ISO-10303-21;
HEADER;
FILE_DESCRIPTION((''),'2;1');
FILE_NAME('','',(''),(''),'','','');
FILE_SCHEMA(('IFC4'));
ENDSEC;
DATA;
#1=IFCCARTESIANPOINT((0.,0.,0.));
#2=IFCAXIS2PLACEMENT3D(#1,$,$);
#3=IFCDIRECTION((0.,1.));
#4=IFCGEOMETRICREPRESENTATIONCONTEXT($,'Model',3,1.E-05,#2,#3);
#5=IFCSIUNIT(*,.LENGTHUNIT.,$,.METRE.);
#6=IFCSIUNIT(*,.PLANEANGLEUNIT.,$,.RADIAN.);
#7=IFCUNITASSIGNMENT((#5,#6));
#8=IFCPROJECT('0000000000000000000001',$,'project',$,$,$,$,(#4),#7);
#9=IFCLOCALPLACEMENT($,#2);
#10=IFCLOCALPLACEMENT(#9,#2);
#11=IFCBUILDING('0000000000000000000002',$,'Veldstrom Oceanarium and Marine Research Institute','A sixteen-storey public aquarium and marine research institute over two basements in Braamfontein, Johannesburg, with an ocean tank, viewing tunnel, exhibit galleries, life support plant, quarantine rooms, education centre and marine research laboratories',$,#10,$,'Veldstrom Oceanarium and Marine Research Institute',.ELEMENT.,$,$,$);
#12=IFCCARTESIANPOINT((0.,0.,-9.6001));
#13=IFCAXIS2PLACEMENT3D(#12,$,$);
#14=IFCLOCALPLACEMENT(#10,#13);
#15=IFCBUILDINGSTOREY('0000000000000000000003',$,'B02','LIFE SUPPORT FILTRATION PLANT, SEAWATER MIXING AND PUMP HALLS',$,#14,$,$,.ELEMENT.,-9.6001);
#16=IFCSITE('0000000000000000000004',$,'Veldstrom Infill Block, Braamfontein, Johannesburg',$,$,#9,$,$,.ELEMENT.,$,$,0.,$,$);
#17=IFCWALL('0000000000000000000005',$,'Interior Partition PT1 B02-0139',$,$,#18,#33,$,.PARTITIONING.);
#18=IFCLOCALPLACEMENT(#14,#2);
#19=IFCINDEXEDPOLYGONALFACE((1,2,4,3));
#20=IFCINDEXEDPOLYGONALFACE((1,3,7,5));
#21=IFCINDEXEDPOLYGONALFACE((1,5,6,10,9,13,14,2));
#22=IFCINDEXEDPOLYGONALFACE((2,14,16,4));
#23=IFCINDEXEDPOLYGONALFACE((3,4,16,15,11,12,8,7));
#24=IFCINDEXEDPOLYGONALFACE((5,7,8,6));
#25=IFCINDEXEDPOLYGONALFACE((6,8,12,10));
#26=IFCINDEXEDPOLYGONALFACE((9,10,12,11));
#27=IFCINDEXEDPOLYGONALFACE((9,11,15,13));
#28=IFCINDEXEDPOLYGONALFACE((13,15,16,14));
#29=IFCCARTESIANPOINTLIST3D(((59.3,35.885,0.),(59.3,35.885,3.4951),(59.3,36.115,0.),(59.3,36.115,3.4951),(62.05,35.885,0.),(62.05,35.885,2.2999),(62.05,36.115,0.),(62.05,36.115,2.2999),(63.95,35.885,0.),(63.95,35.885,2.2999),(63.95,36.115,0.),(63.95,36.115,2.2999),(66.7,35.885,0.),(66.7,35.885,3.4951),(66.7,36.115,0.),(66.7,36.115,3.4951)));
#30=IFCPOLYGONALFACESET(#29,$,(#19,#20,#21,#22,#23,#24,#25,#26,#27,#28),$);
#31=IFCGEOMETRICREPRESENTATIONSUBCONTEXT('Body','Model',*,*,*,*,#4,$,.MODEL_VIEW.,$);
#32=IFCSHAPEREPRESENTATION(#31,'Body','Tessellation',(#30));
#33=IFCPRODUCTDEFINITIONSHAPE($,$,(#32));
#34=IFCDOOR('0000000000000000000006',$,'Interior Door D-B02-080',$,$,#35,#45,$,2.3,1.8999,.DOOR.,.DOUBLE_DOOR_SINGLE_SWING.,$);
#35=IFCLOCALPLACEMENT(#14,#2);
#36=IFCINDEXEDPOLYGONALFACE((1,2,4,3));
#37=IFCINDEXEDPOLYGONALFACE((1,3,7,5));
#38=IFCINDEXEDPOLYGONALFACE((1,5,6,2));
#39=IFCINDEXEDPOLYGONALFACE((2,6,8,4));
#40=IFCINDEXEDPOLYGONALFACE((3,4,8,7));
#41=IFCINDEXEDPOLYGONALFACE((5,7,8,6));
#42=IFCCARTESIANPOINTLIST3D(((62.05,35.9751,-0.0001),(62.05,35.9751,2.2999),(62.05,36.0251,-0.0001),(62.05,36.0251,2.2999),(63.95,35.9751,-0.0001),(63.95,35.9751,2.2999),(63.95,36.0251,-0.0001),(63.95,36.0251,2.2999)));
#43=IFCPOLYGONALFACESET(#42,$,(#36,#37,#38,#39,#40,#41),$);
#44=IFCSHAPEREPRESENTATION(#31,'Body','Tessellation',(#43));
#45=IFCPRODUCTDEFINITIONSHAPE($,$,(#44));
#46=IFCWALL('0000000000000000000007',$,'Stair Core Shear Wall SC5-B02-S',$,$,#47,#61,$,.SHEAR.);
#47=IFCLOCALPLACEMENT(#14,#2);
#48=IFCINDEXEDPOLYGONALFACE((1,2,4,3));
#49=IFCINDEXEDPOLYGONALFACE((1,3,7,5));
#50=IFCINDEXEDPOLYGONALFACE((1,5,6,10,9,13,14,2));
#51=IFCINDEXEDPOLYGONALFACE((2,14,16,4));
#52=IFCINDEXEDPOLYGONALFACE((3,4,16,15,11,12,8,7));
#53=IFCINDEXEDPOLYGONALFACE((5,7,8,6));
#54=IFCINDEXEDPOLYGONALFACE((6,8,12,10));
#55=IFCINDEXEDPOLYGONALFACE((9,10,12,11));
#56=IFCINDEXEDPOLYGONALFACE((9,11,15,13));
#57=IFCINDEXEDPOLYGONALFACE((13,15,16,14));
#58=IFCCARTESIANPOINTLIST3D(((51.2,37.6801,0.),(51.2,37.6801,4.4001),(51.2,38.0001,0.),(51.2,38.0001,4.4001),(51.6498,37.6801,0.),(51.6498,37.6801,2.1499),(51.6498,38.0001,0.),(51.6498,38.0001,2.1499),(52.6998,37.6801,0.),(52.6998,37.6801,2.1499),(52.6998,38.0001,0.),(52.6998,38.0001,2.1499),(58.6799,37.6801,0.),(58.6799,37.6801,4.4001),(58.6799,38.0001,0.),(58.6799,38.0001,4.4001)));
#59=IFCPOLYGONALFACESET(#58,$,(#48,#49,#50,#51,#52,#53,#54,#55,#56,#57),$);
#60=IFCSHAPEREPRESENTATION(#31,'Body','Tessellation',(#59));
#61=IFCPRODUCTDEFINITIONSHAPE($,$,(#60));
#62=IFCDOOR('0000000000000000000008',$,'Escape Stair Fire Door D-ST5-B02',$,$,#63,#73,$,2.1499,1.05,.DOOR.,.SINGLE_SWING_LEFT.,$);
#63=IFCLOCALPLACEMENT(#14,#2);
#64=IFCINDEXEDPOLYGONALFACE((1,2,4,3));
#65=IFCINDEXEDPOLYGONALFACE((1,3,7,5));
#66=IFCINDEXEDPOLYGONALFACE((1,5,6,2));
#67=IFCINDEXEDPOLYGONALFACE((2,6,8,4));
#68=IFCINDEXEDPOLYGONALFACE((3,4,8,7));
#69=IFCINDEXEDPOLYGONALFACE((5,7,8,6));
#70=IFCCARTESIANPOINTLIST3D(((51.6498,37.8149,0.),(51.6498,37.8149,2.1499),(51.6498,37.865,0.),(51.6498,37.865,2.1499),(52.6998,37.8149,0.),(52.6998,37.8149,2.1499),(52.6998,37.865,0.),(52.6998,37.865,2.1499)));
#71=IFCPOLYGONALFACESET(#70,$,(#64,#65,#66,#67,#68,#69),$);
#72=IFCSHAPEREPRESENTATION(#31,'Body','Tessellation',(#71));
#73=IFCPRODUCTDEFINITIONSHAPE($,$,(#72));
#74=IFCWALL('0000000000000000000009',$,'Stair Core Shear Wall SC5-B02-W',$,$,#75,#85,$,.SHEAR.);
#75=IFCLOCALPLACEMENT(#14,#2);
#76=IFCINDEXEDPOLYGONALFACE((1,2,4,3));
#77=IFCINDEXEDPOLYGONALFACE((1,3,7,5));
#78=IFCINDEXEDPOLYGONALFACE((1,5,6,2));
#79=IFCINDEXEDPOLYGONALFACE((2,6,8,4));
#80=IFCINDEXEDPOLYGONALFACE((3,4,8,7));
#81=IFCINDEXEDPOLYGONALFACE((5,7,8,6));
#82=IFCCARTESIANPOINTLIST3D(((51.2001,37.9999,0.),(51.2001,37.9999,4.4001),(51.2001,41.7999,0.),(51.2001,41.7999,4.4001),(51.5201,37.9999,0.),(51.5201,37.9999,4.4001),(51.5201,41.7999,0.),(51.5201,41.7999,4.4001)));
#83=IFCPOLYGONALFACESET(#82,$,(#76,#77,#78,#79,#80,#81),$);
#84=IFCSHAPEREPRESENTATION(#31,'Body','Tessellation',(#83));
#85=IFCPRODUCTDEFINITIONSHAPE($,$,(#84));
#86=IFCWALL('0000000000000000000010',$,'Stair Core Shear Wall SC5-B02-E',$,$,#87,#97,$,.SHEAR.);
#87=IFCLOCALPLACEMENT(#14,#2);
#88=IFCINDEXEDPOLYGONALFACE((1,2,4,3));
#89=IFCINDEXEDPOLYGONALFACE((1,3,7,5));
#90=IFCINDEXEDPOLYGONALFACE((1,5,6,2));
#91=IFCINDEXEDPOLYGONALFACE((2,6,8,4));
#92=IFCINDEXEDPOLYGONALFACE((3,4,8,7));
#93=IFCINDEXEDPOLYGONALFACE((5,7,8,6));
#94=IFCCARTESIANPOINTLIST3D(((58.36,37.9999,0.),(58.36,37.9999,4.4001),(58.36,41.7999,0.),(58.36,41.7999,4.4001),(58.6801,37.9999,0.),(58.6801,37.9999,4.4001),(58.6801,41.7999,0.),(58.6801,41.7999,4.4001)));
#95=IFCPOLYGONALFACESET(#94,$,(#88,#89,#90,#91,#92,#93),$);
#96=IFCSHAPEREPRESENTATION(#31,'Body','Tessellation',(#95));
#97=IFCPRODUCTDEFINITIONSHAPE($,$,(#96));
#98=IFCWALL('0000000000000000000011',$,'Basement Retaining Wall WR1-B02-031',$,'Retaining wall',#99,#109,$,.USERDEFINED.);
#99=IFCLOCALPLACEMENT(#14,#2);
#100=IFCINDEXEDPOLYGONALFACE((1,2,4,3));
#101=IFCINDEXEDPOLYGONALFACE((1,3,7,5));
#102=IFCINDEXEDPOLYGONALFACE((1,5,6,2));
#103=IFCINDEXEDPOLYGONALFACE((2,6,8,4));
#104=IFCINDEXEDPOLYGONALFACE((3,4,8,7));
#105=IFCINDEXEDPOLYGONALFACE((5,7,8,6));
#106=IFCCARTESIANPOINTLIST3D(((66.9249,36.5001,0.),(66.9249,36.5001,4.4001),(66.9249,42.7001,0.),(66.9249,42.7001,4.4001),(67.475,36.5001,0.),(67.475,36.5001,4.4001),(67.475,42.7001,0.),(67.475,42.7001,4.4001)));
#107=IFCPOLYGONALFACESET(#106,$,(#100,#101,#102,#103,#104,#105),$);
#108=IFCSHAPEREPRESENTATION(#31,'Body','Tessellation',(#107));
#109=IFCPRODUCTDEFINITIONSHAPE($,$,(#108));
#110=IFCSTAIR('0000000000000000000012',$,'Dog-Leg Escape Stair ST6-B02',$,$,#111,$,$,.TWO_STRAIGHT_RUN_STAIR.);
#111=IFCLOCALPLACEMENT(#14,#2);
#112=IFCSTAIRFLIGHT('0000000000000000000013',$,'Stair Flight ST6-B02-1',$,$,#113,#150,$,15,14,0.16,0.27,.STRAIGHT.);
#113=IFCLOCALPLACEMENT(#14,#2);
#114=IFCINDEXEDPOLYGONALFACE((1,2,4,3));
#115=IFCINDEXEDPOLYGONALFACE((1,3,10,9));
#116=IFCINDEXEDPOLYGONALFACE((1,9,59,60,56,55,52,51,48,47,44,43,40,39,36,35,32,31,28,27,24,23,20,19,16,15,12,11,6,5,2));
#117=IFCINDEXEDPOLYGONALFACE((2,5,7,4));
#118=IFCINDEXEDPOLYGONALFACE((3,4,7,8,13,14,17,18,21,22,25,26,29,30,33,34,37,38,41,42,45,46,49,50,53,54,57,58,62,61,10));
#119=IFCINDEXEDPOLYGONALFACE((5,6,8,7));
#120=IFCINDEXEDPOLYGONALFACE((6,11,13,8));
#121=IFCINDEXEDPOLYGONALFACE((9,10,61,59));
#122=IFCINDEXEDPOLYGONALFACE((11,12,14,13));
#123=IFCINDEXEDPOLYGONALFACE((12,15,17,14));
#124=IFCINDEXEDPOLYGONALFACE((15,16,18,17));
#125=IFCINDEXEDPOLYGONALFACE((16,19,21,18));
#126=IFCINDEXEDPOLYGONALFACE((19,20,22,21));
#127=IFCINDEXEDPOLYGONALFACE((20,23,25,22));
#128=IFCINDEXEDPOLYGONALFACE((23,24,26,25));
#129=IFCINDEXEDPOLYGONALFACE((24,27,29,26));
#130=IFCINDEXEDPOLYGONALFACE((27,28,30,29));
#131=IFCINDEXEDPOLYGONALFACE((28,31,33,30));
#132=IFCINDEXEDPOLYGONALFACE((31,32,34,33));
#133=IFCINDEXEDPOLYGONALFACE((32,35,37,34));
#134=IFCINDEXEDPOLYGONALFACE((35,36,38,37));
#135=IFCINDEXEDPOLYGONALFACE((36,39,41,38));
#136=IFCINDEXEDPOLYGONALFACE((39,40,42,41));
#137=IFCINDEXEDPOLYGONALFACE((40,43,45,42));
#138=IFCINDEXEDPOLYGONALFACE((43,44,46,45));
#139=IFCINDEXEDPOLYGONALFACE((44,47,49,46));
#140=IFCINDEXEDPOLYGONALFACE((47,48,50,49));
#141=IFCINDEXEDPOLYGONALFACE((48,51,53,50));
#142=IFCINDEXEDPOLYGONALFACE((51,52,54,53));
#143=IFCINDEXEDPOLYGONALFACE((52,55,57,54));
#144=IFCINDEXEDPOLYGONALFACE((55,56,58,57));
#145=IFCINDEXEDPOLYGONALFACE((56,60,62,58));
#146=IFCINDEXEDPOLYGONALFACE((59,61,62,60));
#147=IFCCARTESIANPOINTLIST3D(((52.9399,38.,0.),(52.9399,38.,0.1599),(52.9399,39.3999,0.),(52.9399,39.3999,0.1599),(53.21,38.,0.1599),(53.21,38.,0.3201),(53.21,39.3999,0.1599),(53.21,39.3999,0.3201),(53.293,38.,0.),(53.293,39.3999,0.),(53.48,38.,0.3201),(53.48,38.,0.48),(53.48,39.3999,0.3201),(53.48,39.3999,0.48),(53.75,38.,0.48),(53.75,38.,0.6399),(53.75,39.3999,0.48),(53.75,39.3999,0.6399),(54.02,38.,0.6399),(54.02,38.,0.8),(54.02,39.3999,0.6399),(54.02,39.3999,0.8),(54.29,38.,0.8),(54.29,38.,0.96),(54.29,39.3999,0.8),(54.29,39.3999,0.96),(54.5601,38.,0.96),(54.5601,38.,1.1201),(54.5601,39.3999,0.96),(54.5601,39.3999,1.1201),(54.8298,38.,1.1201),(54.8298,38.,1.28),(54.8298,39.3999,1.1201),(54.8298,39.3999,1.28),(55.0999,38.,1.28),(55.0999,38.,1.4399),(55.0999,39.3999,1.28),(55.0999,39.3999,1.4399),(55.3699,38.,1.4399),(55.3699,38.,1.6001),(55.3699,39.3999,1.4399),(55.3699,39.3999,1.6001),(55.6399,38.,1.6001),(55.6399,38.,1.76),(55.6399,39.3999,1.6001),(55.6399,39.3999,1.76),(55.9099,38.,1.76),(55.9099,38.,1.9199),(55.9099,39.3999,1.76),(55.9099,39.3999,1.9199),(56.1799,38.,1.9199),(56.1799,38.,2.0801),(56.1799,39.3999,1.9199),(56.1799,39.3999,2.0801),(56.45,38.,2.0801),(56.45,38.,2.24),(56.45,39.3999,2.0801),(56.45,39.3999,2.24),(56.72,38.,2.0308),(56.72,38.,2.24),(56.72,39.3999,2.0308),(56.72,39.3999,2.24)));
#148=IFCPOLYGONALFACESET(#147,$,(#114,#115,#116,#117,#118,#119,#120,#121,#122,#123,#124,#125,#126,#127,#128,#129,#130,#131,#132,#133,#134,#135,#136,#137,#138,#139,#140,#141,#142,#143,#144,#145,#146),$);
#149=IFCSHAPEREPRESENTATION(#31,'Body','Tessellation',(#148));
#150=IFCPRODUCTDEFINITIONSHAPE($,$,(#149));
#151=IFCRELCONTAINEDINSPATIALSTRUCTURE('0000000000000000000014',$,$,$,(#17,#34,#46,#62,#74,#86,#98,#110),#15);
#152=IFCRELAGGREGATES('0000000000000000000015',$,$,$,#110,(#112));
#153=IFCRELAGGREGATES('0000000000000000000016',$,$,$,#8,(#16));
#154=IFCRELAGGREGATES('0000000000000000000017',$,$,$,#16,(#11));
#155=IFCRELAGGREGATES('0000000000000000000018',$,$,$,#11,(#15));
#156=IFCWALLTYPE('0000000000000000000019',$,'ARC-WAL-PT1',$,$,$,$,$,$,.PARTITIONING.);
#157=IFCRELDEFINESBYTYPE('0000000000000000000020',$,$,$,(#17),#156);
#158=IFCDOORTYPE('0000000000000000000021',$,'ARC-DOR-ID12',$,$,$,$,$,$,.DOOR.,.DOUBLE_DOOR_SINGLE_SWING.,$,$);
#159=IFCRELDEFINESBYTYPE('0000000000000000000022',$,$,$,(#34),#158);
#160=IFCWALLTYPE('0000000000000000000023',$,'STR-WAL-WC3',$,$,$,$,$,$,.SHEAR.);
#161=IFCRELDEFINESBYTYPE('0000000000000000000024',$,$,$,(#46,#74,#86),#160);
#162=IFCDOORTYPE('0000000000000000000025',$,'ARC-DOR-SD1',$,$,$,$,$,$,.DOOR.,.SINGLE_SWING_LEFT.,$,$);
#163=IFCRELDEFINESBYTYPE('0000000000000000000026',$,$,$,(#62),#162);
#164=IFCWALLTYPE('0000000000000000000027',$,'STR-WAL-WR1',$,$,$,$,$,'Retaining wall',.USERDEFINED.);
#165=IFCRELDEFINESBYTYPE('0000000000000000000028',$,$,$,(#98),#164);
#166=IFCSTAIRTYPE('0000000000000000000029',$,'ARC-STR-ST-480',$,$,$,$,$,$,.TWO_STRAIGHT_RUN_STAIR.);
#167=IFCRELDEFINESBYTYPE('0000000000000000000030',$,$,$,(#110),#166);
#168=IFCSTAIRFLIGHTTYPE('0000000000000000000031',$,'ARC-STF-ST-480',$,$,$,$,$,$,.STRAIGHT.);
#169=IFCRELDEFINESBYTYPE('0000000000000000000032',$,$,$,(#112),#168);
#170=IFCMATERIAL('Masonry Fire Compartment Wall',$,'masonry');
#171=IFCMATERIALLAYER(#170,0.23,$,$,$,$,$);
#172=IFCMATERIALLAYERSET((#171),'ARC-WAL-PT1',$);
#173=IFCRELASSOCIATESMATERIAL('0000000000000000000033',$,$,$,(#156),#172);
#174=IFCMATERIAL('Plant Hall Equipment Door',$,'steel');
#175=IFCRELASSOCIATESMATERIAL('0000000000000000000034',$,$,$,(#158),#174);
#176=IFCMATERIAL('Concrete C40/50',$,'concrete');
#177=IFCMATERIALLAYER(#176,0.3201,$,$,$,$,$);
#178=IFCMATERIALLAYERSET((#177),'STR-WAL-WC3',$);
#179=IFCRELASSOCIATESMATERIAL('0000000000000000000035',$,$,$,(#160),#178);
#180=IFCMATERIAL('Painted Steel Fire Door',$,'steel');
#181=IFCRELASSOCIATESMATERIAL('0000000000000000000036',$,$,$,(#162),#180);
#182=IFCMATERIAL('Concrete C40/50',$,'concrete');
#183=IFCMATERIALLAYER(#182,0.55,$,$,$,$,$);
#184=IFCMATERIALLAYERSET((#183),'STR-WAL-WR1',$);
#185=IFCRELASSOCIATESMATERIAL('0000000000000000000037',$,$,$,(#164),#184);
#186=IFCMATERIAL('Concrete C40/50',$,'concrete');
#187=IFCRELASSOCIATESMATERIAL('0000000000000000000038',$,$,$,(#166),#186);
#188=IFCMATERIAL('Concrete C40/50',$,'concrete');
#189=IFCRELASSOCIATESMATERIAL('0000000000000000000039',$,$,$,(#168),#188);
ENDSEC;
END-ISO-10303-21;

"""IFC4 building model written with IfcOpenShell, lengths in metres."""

from ifc_helpers import new_model, si_unit, direction, frame, frame_2d, origin, place, context, subcontext, project, spatial, polyline, rectangle, outline, extrude, material, layer, layer_set, type_object, element, fill, aggregate, save


model = new_model("IFC4")

# Units and contexts
model_context = context("Model", 3, precision=1e-05, world=origin(), true_north=direction((0.0, 1.0)))
body_context = subcontext(model_context, "Body", "Model", "MODEL_VIEW")
ifc_project = project(units=[si_unit("LENGTHUNIT", "METRE"), si_unit("PLANEANGLEUNIT", "RADIAN")], contexts=[model_context])

# Site, building, storey
site_placement = place(None, origin())
site = spatial("IfcSite", under=ifc_project, at=site_placement, Name="Veldstrom Infill Block, Braamfontein, Johannesburg", CompositionType="ELEMENT", RefElevation=0.0)
building_placement = place(site_placement, origin())
building = spatial("IfcBuilding", under=site, at=building_placement, Name="Veldstrom Oceanarium and Marine Research Institute", Description="A sixteen-storey public aquarium and marine research institute over two basements in Braamfontein, Johannesburg, with an ocean tank, viewing tunnel, exhibit galleries, life support plant, quarantine rooms, education centre and marine research laboratories", LongName="Veldstrom Oceanarium and Marine Research Institute", CompositionType="ELEMENT")
storey_placement = place(building_placement, frame((0.0, 0.0, -9.6001)))
storey = spatial("IfcBuildingStorey", under=building, at=storey_placement, Name="B02", Description="LIFE SUPPORT FILTRATION PLANT, SEAWATER MIXING AND PUMP HALLS", CompositionType="ELEMENT", Elevation=-9.6001)

# Shared definitions
ifc_material_1 = material(Name="Masonry Fire Compartment Wall", Category="masonry")
ifc_layer_1 = layer(ifc_material_1, 0.23)
ifc_layer_set_1 = layer_set([ifc_layer_1], Name="ARC-WAL-PT1")
wall_type_1 = type_object("IfcWallType", Name="ARC-WAL-PT1", PredefinedType="PARTITIONING", material=ifc_layer_set_1)

# Walls, openings, doors
wall_1_placement = place(storey_placement, frame((59.3, 36.0, 0.0), z_axis=(0.0, 0.0, 1.0), x_axis=(1.0, 0.0, 0.0)))
wall_1 = element("IfcWall", 1, at=wall_1_placement, inside=storey, type_object=wall_type_1, Name="Interior Partition PT1 B02-0139", PredefinedType="PARTITIONING", context=body_context, shape_type="SweptSolid", body=[
    extrude(rectangle(XDim=7.3999, YDim=0.23, at=frame_2d((3.7, 0.0))), origin(), (0.0, 0.0, 1.0), 3.4951),
])
opening_1_placement = place(wall_1_placement, frame((2.75, 0.0, 0.0)))
opening_1 = element("IfcOpeningElement", 2, at=opening_1_placement, cuts=wall_1, PredefinedType="OPENING", context=body_context, shape_type="SweptSolid", body=[
    extrude(rectangle(XDim=1.8999, YDim=2.3, at=frame_2d((0.95, 1.1499))), frame((0.0, 0.125, 0.0), z_axis=(0.0, -1.0, 0.0), x_axis=(1.0, 0.0, 0.0)), (0.0, 0.0, 1.0), 0.25),
])
ifc_material_2 = material(Name="Plant Hall Equipment Door", Category="steel")
door_type_1 = type_object("IfcDoorType", Name="ARC-DOR-ID12", OperationType="DOUBLE_DOOR_SINGLE_SWING", PredefinedType="DOOR", material=ifc_material_2)
door_1_placement = place(opening_1_placement, frame((1.8999, 0.0, 0.0), z_axis=(0.0, 0.0, 1.0), x_axis=(-1.0, 0.0, 0.0)))
door_1 = element("IfcDoor", 3, at=door_1_placement, inside=storey, type_object=door_type_1, Name="Interior Door D-B02-080", OperationType="DOUBLE_DOOR_SINGLE_SWING", OverallHeight=2.3, OverallWidth=1.8999, PredefinedType="DOOR", context=body_context, shape_type="SweptSolid", body=[
    extrude(rectangle(XDim=1.8999, YDim=2.3, at=frame_2d((0.95, 1.1499))), frame((0.0, 0.0249, 0.0), z_axis=(0.0, -1.0, 0.0), x_axis=(1.0, 0.0, 0.0)), (0.0, 0.0, 1.0), 0.05),
])
fill(opening_1, door_1)
ifc_material_3 = material(Name="Concrete C40/50", Category="concrete")
ifc_layer_2 = layer(ifc_material_3, 0.3201)
ifc_layer_set_2 = layer_set([ifc_layer_2], Name="STR-WAL-WC3")
wall_type_2 = type_object("IfcWallType", Name="STR-WAL-WC3", PredefinedType="SHEAR", material=ifc_layer_set_2)
wall_2_placement = place(storey_placement, frame((51.2, 37.8401, 0.0), z_axis=(0.0, 0.0, 1.0), x_axis=(1.0, 0.0, 0.0)))
wall_2 = element("IfcWall", 4, at=wall_2_placement, inside=storey, type_object=wall_type_2, Name="Stair Core Shear Wall SC5-B02-S", PredefinedType="SHEAR", context=body_context, shape_type="SweptSolid", body=[
    extrude(rectangle(XDim=7.48, YDim=0.3201, at=frame_2d((3.74, 0.0))), origin(), (0.0, 0.0, 1.0), 4.4001),
])
opening_2_placement = place(wall_2_placement, frame((0.45, 0.0, 0.0)))
opening_2 = element("IfcOpeningElement", 5, at=opening_2_placement, cuts=wall_2, PredefinedType="OPENING", context=body_context, shape_type="SweptSolid", body=[
    extrude(rectangle(XDim=1.05, YDim=2.1499, at=frame_2d((0.5249, 1.075))), frame((0.0, 0.1699, 0.0), z_axis=(0.0, -1.0, 0.0), x_axis=(1.0, 0.0, 0.0)), (0.0, 0.0, 1.0), 0.3401),
])
ifc_material_4 = material(Name="Painted Steel Fire Door", Category="steel")
door_type_2 = type_object("IfcDoorType", Name="ARC-DOR-SD1", OperationType="SINGLE_SWING_LEFT", PredefinedType="DOOR", material=ifc_material_4)
door_2_placement = place(opening_2_placement, origin())
door_2 = element("IfcDoor", 6, at=door_2_placement, inside=storey, type_object=door_type_2, Name="Escape Stair Fire Door D-ST5-B02", OperationType="SINGLE_SWING_LEFT", OverallHeight=2.1499, OverallWidth=1.05, PredefinedType="DOOR", context=body_context, shape_type="SweptSolid", body=[
    extrude(rectangle(XDim=1.05, YDim=2.1499, at=frame_2d((0.5249, 1.075))), frame((0.0, 0.0249, 0.0), z_axis=(0.0, -1.0, 0.0), x_axis=(1.0, 0.0, 0.0)), (0.0, 0.0, 1.0), 0.05),
])
fill(opening_2, door_2)

# Walls
for number, where, z_axis, x_axis, name in (
    (7, (51.3601, 38.0, 0.0), (0.0, 0.0, 1.0), (0.0, 1.0, 0.0), "Stair Core Shear Wall SC5-B02-W"),
    (8, (58.52, 38.0, 0.0), (0.0, 0.0, 1.0), (0.0, 1.0, 0.0), "Stair Core Shear Wall SC5-B02-E"),
):
    element("IfcWall", number, at=place(storey_placement, frame(where, z_axis=z_axis, x_axis=x_axis)), inside=storey, type_object=wall_type_2, Name=name, PredefinedType="SHEAR", context=body_context, shape_type="SweptSolid", body=[
        extrude(rectangle(XDim=3.8, YDim=0.3201, at=frame_2d((1.8999, 0.0))), origin(), (0.0, 0.0, 1.0), 4.4001),
    ])
ifc_material_5 = material(Name="Concrete C40/50", Category="concrete")
ifc_layer_3 = layer(ifc_material_5, 0.55)
ifc_layer_set_3 = layer_set([ifc_layer_3], Name="STR-WAL-WR1")
wall_type_3 = type_object("IfcWallType", Name="STR-WAL-WR1", ElementType="Retaining wall", PredefinedType="USERDEFINED", material=ifc_layer_set_3)
wall_3_placement = place(storey_placement, frame((67.2, 36.5, 0.0), z_axis=(0.0, 0.0, 1.0), x_axis=(0.0, 1.0, 0.0)))
element("IfcWall", 9, at=wall_3_placement, inside=storey, type_object=wall_type_3, Name="Basement Retaining Wall WR1-B02-031", ObjectType="Retaining wall", PredefinedType="USERDEFINED", context=body_context, shape_type="SweptSolid", body=[
    extrude(rectangle(XDim=6.2, YDim=0.55, at=frame_2d((3.1001, 0.0))), origin(), (0.0, 0.0, 1.0), 4.4001),
])

# Stair, stair flight
ifc_material_6 = material(Name="Concrete C40/50", Category="concrete")
stair_type = type_object("IfcStairType", Name="ARC-STR-ST-480", PredefinedType="TWO_STRAIGHT_RUN_STAIR", material=ifc_material_6)
stair_placement = place(storey_placement, origin())
stair = element("IfcStair", 10, at=stair_placement, inside=storey, type_object=stair_type, Name="Dog-Leg Escape Stair ST6-B02", PredefinedType="TWO_STRAIGHT_RUN_STAIR")
ifc_material_7 = material(Name="Concrete C40/50", Category="concrete")
stair_flight_type = type_object("IfcStairFlightType", Name="ARC-STF-ST-480", PredefinedType="STRAIGHT", material=ifc_material_7)
stair_flight_placement = place(storey_placement, frame((52.9399, 38.7, 0.0), z_axis=(0.0, 0.0, 1.0), x_axis=(1.0, 0.0, 0.0)))
stair_flight = element("IfcStairFlight", 11, at=stair_flight_placement, type_object=stair_flight_type, Name="Stair Flight ST6-B02-1", NumberOfRisers=15, NumberOfTreads=14, PredefinedType="STRAIGHT", RiserHeight=0.16, TreadLength=0.27, context=body_context, shape_type="SweptSolid", body=[
    extrude(outline(polyline([(0.0, 0.0), (0.0, 0.1599), (0.27, 0.1599), (0.27, 0.3201), (0.54, 0.3201), (0.54, 0.48), (0.8101, 0.48), (0.8101, 0.6399), (1.0801, 0.6399), (1.0801, 0.8), (1.3501, 0.8), (1.3501, 0.96), (1.6201, 0.96), (1.6201, 1.1201), (1.8899, 1.1201), (1.8899, 1.28), (2.1599, 1.28), (2.1599, 1.4399), (2.4299, 1.4399), (2.4299, 1.6001), (2.7, 1.6001), (2.7, 1.76), (2.97, 1.76), (2.97, 1.9199), (3.24, 1.9199), (3.24, 2.0801), (3.51, 2.0801), (3.51, 2.24), (3.78, 2.24), (3.78, 2.3999), (3.78, 2.0308), (0.353, 0.0), (0.0, 0.0)])), frame((0.0, 0.7, 0.0), z_axis=(0.0, -1.0, 0.0), x_axis=(1.0, 0.0, 0.0)), (0.0, 0.0, 1.0), 1.3999),
])
aggregate(stair, [stair_flight])

save(model, "model.ifc")
